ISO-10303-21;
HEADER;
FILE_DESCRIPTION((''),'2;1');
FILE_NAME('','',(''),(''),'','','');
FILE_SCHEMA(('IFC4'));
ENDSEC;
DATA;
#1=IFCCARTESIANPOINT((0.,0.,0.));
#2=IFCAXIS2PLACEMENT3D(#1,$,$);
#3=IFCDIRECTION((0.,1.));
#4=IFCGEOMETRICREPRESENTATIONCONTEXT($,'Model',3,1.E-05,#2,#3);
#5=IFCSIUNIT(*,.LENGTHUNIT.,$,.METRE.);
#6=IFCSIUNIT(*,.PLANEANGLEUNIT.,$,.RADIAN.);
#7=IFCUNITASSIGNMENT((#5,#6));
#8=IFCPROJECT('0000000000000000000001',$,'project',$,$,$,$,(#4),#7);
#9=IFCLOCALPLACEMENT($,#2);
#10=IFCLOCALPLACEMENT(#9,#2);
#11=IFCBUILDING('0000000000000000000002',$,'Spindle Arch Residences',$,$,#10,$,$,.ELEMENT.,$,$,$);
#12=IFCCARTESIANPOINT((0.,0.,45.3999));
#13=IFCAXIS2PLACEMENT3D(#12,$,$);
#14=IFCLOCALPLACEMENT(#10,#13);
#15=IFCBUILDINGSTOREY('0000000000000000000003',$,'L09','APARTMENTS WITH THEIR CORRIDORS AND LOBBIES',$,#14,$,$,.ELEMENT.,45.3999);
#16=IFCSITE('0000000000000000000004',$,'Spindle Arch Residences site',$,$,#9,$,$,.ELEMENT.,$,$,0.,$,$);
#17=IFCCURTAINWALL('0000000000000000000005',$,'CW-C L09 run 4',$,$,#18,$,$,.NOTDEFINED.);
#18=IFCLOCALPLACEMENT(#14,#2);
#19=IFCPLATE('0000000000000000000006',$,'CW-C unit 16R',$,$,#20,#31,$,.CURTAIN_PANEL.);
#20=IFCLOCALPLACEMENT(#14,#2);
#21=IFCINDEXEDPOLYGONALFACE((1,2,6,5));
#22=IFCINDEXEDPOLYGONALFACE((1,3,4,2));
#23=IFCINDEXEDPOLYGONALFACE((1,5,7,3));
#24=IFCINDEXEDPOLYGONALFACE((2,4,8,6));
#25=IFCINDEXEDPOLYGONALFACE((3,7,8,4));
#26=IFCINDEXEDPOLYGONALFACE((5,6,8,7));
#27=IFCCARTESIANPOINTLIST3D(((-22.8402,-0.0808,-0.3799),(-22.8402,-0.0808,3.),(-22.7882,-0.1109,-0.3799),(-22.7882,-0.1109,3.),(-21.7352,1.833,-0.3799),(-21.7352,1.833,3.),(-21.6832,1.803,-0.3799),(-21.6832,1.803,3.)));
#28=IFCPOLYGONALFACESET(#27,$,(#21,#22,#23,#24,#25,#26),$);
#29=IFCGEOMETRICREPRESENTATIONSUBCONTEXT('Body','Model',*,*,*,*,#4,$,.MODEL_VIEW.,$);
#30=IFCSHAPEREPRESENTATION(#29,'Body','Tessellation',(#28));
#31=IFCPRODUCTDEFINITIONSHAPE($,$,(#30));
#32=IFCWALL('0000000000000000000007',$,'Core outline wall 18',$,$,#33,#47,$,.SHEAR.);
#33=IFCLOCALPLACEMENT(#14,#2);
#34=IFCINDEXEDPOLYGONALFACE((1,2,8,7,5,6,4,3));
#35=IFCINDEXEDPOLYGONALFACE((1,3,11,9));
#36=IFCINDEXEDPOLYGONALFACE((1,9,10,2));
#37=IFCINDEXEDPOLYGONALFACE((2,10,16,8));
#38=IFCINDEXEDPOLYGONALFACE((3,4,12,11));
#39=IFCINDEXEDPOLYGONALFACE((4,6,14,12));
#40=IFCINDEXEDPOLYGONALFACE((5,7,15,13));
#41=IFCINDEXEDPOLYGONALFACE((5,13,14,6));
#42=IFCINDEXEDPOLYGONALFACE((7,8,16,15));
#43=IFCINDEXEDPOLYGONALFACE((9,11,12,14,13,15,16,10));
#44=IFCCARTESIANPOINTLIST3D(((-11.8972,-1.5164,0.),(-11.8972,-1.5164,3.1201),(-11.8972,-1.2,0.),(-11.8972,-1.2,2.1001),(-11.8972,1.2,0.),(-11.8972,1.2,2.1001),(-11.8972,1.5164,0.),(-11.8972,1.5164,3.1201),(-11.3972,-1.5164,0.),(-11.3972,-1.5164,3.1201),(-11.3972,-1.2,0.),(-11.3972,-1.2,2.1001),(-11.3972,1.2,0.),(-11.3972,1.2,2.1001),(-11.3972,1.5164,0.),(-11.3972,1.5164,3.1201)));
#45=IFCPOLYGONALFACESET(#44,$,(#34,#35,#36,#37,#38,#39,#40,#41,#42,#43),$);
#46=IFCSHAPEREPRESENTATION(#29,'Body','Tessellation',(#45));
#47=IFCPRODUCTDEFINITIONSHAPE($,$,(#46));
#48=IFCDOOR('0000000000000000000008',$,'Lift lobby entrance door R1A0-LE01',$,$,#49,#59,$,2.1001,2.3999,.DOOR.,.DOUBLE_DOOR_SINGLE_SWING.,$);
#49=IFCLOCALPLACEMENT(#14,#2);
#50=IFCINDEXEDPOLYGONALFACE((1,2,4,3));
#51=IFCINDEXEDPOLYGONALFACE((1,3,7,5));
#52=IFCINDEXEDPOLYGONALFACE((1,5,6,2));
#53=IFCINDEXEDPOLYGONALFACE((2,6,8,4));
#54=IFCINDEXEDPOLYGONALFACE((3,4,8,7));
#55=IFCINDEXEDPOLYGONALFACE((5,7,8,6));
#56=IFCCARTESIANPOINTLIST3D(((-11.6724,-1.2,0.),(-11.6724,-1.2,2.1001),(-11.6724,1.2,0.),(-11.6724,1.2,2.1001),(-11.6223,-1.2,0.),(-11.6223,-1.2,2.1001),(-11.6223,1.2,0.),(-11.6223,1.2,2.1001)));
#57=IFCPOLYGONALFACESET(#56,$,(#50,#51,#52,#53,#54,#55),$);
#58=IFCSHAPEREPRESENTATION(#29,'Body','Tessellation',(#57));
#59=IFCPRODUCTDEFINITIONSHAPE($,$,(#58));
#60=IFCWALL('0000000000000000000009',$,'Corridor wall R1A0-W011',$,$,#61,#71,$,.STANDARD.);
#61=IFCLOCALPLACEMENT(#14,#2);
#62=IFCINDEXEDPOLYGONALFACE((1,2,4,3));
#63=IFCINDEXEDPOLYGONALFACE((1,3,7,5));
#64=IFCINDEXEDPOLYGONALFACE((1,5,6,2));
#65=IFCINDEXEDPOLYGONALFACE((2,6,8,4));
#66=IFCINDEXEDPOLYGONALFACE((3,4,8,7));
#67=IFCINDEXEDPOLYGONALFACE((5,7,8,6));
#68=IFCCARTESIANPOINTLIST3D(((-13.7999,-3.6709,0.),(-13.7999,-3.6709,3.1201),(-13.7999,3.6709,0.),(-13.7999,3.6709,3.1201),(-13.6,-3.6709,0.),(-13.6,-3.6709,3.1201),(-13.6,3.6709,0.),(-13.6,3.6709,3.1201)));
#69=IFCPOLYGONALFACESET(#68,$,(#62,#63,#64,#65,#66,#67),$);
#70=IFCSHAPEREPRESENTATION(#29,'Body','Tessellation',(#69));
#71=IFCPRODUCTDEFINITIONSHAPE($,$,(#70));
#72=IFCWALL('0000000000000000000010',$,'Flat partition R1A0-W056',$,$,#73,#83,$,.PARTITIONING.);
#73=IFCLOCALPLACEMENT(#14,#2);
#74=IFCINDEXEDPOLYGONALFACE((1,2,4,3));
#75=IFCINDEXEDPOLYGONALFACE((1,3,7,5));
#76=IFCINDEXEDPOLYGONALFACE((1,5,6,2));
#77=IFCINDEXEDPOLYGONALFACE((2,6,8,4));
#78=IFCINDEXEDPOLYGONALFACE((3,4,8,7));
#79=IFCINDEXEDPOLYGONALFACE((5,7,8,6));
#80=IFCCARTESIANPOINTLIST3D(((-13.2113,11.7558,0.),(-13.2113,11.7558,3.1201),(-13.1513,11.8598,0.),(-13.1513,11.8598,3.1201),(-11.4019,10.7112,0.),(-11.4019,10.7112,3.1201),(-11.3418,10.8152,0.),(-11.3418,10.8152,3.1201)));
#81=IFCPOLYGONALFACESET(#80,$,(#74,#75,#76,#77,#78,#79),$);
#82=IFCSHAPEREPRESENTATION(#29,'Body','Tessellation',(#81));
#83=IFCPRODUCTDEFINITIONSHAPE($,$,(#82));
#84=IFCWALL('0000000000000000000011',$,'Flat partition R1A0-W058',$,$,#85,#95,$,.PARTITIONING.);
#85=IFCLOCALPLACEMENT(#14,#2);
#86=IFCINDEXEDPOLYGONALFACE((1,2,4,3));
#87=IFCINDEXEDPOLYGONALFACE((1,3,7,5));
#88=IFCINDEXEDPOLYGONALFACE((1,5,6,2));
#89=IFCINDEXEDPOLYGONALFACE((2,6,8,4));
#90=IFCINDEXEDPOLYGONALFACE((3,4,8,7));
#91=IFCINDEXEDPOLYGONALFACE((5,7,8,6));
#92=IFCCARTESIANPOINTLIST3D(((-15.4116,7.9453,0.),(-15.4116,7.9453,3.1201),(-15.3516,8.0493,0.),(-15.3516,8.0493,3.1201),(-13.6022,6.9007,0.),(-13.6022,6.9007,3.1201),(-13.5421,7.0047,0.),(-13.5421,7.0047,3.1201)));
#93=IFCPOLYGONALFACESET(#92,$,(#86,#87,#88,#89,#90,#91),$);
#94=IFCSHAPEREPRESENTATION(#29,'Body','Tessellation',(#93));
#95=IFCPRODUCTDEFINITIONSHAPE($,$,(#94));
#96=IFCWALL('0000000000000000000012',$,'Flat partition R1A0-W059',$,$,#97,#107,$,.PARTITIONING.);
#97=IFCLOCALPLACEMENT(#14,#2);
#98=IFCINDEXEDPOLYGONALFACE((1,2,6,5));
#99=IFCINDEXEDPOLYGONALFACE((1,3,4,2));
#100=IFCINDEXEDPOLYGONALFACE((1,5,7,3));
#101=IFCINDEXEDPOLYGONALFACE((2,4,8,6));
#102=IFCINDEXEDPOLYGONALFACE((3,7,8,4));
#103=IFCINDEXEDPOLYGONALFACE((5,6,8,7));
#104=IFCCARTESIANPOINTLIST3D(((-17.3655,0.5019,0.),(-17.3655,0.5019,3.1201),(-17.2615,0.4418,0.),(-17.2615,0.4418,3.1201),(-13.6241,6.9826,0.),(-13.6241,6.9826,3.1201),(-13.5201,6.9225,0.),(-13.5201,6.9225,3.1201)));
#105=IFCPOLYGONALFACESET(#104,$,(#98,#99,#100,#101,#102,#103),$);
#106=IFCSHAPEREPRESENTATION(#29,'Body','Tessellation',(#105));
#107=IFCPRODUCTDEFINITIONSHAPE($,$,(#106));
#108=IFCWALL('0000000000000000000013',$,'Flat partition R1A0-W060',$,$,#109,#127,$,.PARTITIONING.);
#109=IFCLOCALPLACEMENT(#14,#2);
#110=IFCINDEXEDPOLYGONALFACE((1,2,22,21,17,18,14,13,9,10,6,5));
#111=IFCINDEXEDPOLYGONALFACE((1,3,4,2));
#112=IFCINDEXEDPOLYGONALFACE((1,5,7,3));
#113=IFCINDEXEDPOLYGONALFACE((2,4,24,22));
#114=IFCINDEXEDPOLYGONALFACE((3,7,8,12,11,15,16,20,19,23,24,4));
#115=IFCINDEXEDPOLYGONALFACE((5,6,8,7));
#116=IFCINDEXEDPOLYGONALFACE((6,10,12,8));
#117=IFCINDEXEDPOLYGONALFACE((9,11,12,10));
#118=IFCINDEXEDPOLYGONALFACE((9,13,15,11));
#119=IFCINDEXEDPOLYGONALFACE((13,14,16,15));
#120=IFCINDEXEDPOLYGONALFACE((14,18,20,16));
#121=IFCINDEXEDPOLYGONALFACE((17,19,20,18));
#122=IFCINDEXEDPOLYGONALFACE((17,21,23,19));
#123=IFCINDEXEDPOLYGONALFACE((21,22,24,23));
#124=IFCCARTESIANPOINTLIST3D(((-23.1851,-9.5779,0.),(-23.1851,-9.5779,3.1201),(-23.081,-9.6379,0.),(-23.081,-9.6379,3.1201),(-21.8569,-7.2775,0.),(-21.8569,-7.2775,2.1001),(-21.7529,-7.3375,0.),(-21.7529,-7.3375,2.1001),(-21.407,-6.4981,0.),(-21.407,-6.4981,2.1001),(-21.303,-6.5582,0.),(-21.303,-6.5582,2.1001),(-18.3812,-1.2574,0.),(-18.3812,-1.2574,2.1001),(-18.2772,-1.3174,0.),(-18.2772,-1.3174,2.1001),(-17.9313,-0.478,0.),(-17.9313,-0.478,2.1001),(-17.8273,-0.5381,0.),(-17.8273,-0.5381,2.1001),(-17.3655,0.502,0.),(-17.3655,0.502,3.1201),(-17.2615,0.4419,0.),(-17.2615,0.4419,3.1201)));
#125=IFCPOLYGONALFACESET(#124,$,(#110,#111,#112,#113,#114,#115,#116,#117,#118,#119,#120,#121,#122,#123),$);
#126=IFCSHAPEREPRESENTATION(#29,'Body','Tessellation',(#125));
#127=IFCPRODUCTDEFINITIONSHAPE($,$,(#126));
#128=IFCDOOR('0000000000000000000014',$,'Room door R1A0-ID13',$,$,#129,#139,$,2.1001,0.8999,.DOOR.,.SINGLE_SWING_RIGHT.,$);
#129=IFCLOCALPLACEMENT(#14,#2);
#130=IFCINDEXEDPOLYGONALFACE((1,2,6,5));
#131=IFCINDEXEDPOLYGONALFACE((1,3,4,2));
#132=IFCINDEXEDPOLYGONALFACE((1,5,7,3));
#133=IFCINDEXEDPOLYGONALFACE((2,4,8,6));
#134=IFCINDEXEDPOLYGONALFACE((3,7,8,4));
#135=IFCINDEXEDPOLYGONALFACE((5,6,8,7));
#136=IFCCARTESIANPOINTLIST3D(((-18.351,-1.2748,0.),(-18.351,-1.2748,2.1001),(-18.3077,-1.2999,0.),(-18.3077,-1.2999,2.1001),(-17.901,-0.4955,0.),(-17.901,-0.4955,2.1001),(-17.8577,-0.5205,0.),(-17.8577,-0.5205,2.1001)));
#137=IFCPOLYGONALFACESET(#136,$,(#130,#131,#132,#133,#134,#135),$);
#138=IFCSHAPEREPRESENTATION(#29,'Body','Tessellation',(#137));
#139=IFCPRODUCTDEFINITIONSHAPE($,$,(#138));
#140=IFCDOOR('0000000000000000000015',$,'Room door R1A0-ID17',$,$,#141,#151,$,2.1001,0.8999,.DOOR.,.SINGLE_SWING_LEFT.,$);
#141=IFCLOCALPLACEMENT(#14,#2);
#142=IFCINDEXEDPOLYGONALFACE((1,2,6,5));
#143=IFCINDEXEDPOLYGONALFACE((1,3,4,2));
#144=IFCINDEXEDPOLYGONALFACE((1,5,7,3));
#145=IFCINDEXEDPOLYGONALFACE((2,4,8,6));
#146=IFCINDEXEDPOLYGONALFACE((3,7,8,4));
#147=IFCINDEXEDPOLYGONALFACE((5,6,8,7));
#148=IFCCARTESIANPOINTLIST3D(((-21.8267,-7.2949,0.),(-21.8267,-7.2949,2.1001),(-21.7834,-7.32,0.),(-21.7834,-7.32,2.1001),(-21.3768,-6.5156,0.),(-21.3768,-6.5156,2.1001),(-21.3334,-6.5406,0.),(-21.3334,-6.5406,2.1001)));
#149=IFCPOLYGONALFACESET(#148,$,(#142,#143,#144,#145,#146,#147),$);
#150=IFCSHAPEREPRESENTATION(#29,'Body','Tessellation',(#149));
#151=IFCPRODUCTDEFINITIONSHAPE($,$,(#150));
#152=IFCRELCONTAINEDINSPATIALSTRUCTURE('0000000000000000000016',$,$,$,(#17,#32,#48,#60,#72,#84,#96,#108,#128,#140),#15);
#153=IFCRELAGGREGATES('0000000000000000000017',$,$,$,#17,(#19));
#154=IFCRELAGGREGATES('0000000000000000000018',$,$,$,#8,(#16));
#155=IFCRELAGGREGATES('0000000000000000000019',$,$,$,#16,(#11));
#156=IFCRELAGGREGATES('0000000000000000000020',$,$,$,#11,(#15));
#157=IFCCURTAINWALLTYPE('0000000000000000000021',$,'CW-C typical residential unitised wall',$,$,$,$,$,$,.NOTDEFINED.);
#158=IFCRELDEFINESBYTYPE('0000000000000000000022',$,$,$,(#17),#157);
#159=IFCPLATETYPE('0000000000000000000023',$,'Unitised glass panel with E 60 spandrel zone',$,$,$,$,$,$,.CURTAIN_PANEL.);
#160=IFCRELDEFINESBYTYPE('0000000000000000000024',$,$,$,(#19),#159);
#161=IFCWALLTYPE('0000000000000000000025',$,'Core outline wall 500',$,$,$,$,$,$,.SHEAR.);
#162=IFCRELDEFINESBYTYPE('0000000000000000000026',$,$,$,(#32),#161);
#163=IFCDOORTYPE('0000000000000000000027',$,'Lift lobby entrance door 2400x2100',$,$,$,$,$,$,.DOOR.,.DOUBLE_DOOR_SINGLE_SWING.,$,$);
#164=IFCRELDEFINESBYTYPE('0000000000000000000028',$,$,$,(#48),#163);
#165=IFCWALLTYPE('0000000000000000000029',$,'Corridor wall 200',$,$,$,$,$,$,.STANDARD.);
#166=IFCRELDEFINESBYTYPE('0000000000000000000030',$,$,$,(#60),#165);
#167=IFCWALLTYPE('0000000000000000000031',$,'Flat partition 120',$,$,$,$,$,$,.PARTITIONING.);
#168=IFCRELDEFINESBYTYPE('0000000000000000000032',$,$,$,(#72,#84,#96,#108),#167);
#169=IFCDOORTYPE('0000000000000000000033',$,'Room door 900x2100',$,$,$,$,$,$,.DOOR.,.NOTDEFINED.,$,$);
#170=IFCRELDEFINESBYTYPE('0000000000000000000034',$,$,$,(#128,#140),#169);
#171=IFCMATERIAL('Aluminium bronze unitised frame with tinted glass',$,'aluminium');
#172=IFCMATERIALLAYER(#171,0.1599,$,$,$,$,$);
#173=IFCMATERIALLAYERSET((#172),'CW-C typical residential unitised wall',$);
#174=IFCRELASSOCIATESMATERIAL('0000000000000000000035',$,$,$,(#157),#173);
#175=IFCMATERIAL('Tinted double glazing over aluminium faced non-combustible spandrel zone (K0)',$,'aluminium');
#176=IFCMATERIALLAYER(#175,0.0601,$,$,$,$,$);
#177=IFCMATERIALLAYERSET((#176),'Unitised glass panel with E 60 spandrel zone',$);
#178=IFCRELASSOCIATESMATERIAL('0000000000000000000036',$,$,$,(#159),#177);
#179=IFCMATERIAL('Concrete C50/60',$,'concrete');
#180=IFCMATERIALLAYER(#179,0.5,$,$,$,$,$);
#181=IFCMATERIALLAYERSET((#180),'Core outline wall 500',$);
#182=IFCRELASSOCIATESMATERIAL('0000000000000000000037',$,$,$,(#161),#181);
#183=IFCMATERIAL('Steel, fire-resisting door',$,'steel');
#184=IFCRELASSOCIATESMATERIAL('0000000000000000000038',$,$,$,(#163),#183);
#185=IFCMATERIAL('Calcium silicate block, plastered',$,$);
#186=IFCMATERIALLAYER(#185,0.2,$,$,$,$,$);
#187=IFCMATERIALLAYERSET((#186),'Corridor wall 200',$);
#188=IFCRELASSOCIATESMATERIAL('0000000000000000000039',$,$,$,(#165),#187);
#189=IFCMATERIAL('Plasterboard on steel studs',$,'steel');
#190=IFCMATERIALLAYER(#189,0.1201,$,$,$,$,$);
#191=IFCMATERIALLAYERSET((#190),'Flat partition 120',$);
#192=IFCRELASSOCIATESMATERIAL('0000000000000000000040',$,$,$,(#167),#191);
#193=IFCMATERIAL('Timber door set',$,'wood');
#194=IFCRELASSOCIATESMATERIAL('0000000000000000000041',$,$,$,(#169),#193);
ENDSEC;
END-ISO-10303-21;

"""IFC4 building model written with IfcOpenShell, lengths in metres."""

from ifc_helpers import new_model, si_unit, direction, frame, frame_2d, origin, origin_2d, place, context, subcontext, project, spatial, rectangle, extrude, material, layer, layer_set, type_object, element, fill, aggregate, save


model = new_model("IFC4")

# Units and contexts
model_context = context("Model", 3, precision=1e-05, world=origin(), true_north=direction((0.0, 1.0)))
body_context = subcontext(model_context, "Body", "Model", "MODEL_VIEW")
ifc_project = project(units=[si_unit("LENGTHUNIT", "METRE"), si_unit("PLANEANGLEUNIT", "RADIAN")], contexts=[model_context])

# Site, building, storey
site_placement = place(None, origin())
site = spatial("IfcSite", under=ifc_project, at=site_placement, Name="Spindle Arch Residences site", CompositionType="ELEMENT", RefElevation=0.0)
building_placement = place(site_placement, origin())
building = spatial("IfcBuilding", under=site, at=building_placement, Name="Spindle Arch Residences", CompositionType="ELEMENT")
storey_placement = place(building_placement, frame((0.0, 0.0, 45.3999)))
storey = spatial("IfcBuildingStorey", under=building, at=storey_placement, Name="L09", Description="APARTMENTS WITH THEIR CORRIDORS AND LOBBIES", CompositionType="ELEMENT", Elevation=45.3999)

# Curtain wall
ifc_material_1 = material(Name="Aluminium bronze unitised frame with tinted glass", Category="aluminium")
ifc_layer_1 = layer(ifc_material_1, 0.1599)
ifc_layer_set_1 = layer_set([ifc_layer_1], Name="CW-C typical residential unitised wall")
curtain_wall_type = type_object("IfcCurtainWallType", Name="CW-C typical residential unitised wall", PredefinedType="NOTDEFINED", material=ifc_layer_set_1)
curtain_wall_placement = place(storey_placement, origin())
curtain_wall = element("IfcCurtainWall", 1, at=curtain_wall_placement, inside=storey, type_object=curtain_wall_type, Name="CW-C L09 run 4", PredefinedType="NOTDEFINED")

# Plate
ifc_material_2 = material(Name="Tinted double glazing over aluminium faced non-combustible spandrel zone (K0)", Category="aluminium")
ifc_layer_2 = layer(ifc_material_2, 0.0601)
ifc_layer_set_2 = layer_set([ifc_layer_2], Name="Unitised glass panel with E 60 spandrel zone")
plate_type = type_object("IfcPlateType", Name="Unitised glass panel with E 60 spandrel zone", PredefinedType="CURTAIN_PANEL", material=ifc_layer_set_2)
plate_1_placement = place(storey_placement, frame((-22.2617, 0.8611, -0.3799), z_axis=(0.0, 0.0, 1.0), x_axis=(-0.5, -0.866025, 0.0)))
plate_1 = element("IfcPlate", 2, at=plate_1_placement, type_object=plate_type, Name="CW-C unit 16R", PredefinedType="CURTAIN_PANEL", context=body_context, shape_type="SweptSolid", body=[
    extrude(rectangle(XDim=2.21, YDim=0.0601, at=origin_2d()), origin(), (0.0, 0.0, 1.0), 3.3799),
])
aggregate(curtain_wall, [plate_1])

# Wall, opening, door
ifc_material_3 = material(Name="Concrete C50/60", Category="concrete")
ifc_layer_3 = layer(ifc_material_3, 0.5)
ifc_layer_set_3 = layer_set([ifc_layer_3], Name="Core outline wall 500")
wall_type_1 = type_object("IfcWallType", Name="Core outline wall 500", PredefinedType="SHEAR", material=ifc_layer_set_3)
wall_1_placement = place(storey_placement, frame((-11.6472, 1.5164, 0.0), z_axis=(0.0, 0.0, 1.0), x_axis=(0.0, -1.0, 0.0)))
wall_1 = element("IfcWall", 3, at=wall_1_placement, inside=storey, type_object=wall_type_1, Name="Core outline wall 18", PredefinedType="SHEAR", context=body_context, shape_type="SweptSolid", body=[
    extrude(rectangle(XDim=3.0327, YDim=0.5, at=frame_2d((1.5164, 0.0))), origin(), (0.0, 0.0, 1.0), 3.1201),
])
opening_1_placement = place(wall_1_placement, frame((0.3164, 0.0, 0.0)))
opening_1 = element("IfcOpeningElement", 4, at=opening_1_placement, cuts=wall_1, PredefinedType="OPENING", context=body_context, shape_type="SweptSolid", body=[
    extrude(rectangle(XDim=2.3999, YDim=2.1001, at=frame_2d((1.2, 1.05))), frame((0.0, 0.26, 0.0), z_axis=(0.0, -1.0, 0.0), x_axis=(1.0, 0.0, 0.0)), (0.0, 0.0, 1.0), 0.52),
])
ifc_material_4 = material(Name="Steel, fire-resisting door", Category="steel")
door_type_1 = type_object("IfcDoorType", Name="Lift lobby entrance door 2400x2100", OperationType="DOUBLE_DOOR_SINGLE_SWING", PredefinedType="DOOR", material=ifc_material_4)
door_1_placement = place(opening_1_placement, origin())
door_1 = element("IfcDoor", 5, at=door_1_placement, inside=storey, type_object=door_type_1, Name="Lift lobby entrance door R1A0-LE01", OperationType="DOUBLE_DOOR_SINGLE_SWING", OverallHeight=2.1001, OverallWidth=2.3999, PredefinedType="DOOR", context=body_context, shape_type="SweptSolid", body=[
    extrude(rectangle(XDim=2.3999, YDim=2.1001, at=frame_2d((1.2, 1.05))), frame((0.0, 0.0249, 0.0), z_axis=(0.0, -1.0, 0.0), x_axis=(1.0, 0.0, 0.0)), (0.0, 0.0, 1.0), 0.05),
])
fill(opening_1, door_1)

# Walls
ifc_material_5 = material(Name="Calcium silicate block, plastered")
ifc_layer_4 = layer(ifc_material_5, 0.2)
ifc_layer_set_4 = layer_set([ifc_layer_4], Name="Corridor wall 200")
wall_type_2 = type_object("IfcWallType", Name="Corridor wall 200", PredefinedType="STANDARD", material=ifc_layer_set_4)
wall_2_placement = place(storey_placement, frame((-13.7, 3.6709, 0.0), z_axis=(0.0, 0.0, 1.0), x_axis=(0.0, -1.0, 0.0)))
element("IfcWall", 6, at=wall_2_placement, inside=storey, type_object=wall_type_2, Name="Corridor wall R1A0-W011", PredefinedType="STANDARD", context=body_context, shape_type="SweptSolid", body=[
    extrude(rectangle(XDim=7.3418, YDim=0.2, at=frame_2d((3.6709, 0.0))), origin(), (0.0, 0.0, 1.0), 3.1201),
])
ifc_material_6 = material(Name="Plasterboard on steel studs", Category="steel")
ifc_layer_5 = layer(ifc_material_6, 0.1201)
ifc_layer_set_5 = layer_set([ifc_layer_5], Name="Flat partition 120")
wall_type_3 = type_object("IfcWallType", Name="Flat partition 120", PredefinedType="PARTITIONING", material=ifc_layer_set_5)
for number, where, z_axis, x_axis, name in (
    (7, (-11.3718, 10.7632, 0.0), (0.0, 0.0, 1.0), (-0.866042, 0.499972, 0.0), "Flat partition R1A0-W056"),
    (8, (-15.3816, 7.9973, 0.0), (0.0, 0.0, 1.0), (0.866042, -0.499972, 0.0), "Flat partition R1A0-W058"),
):
    element("IfcWall", number, at=place(storey_placement, frame(where, z_axis=z_axis, x_axis=x_axis)), inside=storey, type_object=wall_type_3, Name=name, PredefinedType="PARTITIONING", context=body_context, shape_type="SweptSolid", body=[
        extrude(rectangle(XDim=2.0894, YDim=0.1201, at=frame_2d((1.0447, 0.0))), origin(), (0.0, 0.0, 1.0), 3.1201),
    ])
wall_3_placement = place(storey_placement, frame((-13.572, 6.9526, 0.0), z_axis=(0.0, 0.0, 1.0), x_axis=(-0.499981, -0.866036, 0.0)))
element("IfcWall", 9, at=wall_3_placement, inside=storey, type_object=wall_type_3, Name="Flat partition R1A0-W059", PredefinedType="PARTITIONING", context=body_context, shape_type="SweptSolid", body=[
    extrude(rectangle(XDim=7.4832, YDim=0.1201, at=frame_2d((3.7417, 0.0))), origin(), (0.0, 0.0, 1.0), 3.1201),
])

# Wall, openings, doors
wall_4_placement = place(storey_placement, frame((-17.3135, 0.4719, 0.0), z_axis=(0.0, 0.0, 1.0), x_axis=(-0.499999, -0.866026, 0.0)))
wall_4 = element("IfcWall", 10, at=wall_4_placement, inside=storey, type_object=wall_type_3, Name="Flat partition R1A0-W060", PredefinedType="PARTITIONING", context=body_context, shape_type="SweptSolid", body=[
    extrude(rectangle(XDim=11.6392, YDim=0.1201, at=frame_2d((5.8196, 0.0))), origin(), (0.0, 0.0, 1.0), 3.1201),
])
opening_2_placement = place(wall_4_placement, frame((1.1316, 0.0, 0.0)))
opening_2 = element("IfcOpeningElement", 11, at=opening_2_placement, cuts=wall_4, PredefinedType="OPENING", context=body_context, shape_type="SweptSolid", body=[
    extrude(rectangle(XDim=0.8999, YDim=2.1001, at=frame_2d((0.45, 1.05))), frame((0.0, 0.0701, 0.0), z_axis=(0.0, -1.0, 0.0), x_axis=(1.0, 0.0, 0.0)), (0.0, 0.0, 1.0), 0.1401),
])
opening_3_placement = place(wall_4_placement, frame((8.083, 0.0, 0.0)))
opening_3 = element("IfcOpeningElement", 12, at=opening_3_placement, cuts=wall_4, PredefinedType="OPENING", context=body_context, shape_type="SweptSolid", body=[
    extrude(rectangle(XDim=0.8999, YDim=2.1001, at=frame_2d((0.45, 1.05))), frame((0.0, 0.0701, 0.0), z_axis=(0.0, -1.0, 0.0), x_axis=(1.0, 0.0, 0.0)), (0.0, 0.0, 1.0), 0.1401),
])
ifc_material_7 = material(Name="Timber door set", Category="wood")
door_type_2 = type_object("IfcDoorType", Name="Room door 900x2100", OperationType="NOTDEFINED", PredefinedType="DOOR", material=ifc_material_7)
door_2_placement = place(opening_2_placement, origin())
door_2 = element("IfcDoor", 13, at=door_2_placement, inside=storey, type_object=door_type_2, Name="Room door R1A0-ID13", OperationType="SINGLE_SWING_RIGHT", OverallHeight=2.1001, OverallWidth=0.8999, PredefinedType="DOOR", context=body_context, shape_type="SweptSolid", body=[
    extrude(rectangle(XDim=0.8999, YDim=2.1001, at=frame_2d((0.45, 1.05))), frame((0.0, 0.0249, 0.0), z_axis=(0.0, -1.0, 0.0), x_axis=(1.0, 0.0, 0.0)), (0.0, 0.0, 1.0), 0.05),
])
fill(opening_2, door_2)
door_3_placement = place(opening_3_placement, origin())
door_3 = element("IfcDoor", 14, at=door_3_placement, inside=storey, type_object=door_type_2, Name="Room door R1A0-ID17", OperationType="SINGLE_SWING_LEFT", OverallHeight=2.1001, OverallWidth=0.8999, PredefinedType="DOOR", context=body_context, shape_type="SweptSolid", body=[
    extrude(rectangle(XDim=0.8999, YDim=2.1001, at=frame_2d((0.45, 1.05))), frame((0.0, 0.0249, 0.0), z_axis=(0.0, -1.0, 0.0), x_axis=(1.0, 0.0, 0.0)), (0.0, 0.0, 1.0), 0.05),
])
fill(opening_3, door_3)

save(model, "model.ifc")
